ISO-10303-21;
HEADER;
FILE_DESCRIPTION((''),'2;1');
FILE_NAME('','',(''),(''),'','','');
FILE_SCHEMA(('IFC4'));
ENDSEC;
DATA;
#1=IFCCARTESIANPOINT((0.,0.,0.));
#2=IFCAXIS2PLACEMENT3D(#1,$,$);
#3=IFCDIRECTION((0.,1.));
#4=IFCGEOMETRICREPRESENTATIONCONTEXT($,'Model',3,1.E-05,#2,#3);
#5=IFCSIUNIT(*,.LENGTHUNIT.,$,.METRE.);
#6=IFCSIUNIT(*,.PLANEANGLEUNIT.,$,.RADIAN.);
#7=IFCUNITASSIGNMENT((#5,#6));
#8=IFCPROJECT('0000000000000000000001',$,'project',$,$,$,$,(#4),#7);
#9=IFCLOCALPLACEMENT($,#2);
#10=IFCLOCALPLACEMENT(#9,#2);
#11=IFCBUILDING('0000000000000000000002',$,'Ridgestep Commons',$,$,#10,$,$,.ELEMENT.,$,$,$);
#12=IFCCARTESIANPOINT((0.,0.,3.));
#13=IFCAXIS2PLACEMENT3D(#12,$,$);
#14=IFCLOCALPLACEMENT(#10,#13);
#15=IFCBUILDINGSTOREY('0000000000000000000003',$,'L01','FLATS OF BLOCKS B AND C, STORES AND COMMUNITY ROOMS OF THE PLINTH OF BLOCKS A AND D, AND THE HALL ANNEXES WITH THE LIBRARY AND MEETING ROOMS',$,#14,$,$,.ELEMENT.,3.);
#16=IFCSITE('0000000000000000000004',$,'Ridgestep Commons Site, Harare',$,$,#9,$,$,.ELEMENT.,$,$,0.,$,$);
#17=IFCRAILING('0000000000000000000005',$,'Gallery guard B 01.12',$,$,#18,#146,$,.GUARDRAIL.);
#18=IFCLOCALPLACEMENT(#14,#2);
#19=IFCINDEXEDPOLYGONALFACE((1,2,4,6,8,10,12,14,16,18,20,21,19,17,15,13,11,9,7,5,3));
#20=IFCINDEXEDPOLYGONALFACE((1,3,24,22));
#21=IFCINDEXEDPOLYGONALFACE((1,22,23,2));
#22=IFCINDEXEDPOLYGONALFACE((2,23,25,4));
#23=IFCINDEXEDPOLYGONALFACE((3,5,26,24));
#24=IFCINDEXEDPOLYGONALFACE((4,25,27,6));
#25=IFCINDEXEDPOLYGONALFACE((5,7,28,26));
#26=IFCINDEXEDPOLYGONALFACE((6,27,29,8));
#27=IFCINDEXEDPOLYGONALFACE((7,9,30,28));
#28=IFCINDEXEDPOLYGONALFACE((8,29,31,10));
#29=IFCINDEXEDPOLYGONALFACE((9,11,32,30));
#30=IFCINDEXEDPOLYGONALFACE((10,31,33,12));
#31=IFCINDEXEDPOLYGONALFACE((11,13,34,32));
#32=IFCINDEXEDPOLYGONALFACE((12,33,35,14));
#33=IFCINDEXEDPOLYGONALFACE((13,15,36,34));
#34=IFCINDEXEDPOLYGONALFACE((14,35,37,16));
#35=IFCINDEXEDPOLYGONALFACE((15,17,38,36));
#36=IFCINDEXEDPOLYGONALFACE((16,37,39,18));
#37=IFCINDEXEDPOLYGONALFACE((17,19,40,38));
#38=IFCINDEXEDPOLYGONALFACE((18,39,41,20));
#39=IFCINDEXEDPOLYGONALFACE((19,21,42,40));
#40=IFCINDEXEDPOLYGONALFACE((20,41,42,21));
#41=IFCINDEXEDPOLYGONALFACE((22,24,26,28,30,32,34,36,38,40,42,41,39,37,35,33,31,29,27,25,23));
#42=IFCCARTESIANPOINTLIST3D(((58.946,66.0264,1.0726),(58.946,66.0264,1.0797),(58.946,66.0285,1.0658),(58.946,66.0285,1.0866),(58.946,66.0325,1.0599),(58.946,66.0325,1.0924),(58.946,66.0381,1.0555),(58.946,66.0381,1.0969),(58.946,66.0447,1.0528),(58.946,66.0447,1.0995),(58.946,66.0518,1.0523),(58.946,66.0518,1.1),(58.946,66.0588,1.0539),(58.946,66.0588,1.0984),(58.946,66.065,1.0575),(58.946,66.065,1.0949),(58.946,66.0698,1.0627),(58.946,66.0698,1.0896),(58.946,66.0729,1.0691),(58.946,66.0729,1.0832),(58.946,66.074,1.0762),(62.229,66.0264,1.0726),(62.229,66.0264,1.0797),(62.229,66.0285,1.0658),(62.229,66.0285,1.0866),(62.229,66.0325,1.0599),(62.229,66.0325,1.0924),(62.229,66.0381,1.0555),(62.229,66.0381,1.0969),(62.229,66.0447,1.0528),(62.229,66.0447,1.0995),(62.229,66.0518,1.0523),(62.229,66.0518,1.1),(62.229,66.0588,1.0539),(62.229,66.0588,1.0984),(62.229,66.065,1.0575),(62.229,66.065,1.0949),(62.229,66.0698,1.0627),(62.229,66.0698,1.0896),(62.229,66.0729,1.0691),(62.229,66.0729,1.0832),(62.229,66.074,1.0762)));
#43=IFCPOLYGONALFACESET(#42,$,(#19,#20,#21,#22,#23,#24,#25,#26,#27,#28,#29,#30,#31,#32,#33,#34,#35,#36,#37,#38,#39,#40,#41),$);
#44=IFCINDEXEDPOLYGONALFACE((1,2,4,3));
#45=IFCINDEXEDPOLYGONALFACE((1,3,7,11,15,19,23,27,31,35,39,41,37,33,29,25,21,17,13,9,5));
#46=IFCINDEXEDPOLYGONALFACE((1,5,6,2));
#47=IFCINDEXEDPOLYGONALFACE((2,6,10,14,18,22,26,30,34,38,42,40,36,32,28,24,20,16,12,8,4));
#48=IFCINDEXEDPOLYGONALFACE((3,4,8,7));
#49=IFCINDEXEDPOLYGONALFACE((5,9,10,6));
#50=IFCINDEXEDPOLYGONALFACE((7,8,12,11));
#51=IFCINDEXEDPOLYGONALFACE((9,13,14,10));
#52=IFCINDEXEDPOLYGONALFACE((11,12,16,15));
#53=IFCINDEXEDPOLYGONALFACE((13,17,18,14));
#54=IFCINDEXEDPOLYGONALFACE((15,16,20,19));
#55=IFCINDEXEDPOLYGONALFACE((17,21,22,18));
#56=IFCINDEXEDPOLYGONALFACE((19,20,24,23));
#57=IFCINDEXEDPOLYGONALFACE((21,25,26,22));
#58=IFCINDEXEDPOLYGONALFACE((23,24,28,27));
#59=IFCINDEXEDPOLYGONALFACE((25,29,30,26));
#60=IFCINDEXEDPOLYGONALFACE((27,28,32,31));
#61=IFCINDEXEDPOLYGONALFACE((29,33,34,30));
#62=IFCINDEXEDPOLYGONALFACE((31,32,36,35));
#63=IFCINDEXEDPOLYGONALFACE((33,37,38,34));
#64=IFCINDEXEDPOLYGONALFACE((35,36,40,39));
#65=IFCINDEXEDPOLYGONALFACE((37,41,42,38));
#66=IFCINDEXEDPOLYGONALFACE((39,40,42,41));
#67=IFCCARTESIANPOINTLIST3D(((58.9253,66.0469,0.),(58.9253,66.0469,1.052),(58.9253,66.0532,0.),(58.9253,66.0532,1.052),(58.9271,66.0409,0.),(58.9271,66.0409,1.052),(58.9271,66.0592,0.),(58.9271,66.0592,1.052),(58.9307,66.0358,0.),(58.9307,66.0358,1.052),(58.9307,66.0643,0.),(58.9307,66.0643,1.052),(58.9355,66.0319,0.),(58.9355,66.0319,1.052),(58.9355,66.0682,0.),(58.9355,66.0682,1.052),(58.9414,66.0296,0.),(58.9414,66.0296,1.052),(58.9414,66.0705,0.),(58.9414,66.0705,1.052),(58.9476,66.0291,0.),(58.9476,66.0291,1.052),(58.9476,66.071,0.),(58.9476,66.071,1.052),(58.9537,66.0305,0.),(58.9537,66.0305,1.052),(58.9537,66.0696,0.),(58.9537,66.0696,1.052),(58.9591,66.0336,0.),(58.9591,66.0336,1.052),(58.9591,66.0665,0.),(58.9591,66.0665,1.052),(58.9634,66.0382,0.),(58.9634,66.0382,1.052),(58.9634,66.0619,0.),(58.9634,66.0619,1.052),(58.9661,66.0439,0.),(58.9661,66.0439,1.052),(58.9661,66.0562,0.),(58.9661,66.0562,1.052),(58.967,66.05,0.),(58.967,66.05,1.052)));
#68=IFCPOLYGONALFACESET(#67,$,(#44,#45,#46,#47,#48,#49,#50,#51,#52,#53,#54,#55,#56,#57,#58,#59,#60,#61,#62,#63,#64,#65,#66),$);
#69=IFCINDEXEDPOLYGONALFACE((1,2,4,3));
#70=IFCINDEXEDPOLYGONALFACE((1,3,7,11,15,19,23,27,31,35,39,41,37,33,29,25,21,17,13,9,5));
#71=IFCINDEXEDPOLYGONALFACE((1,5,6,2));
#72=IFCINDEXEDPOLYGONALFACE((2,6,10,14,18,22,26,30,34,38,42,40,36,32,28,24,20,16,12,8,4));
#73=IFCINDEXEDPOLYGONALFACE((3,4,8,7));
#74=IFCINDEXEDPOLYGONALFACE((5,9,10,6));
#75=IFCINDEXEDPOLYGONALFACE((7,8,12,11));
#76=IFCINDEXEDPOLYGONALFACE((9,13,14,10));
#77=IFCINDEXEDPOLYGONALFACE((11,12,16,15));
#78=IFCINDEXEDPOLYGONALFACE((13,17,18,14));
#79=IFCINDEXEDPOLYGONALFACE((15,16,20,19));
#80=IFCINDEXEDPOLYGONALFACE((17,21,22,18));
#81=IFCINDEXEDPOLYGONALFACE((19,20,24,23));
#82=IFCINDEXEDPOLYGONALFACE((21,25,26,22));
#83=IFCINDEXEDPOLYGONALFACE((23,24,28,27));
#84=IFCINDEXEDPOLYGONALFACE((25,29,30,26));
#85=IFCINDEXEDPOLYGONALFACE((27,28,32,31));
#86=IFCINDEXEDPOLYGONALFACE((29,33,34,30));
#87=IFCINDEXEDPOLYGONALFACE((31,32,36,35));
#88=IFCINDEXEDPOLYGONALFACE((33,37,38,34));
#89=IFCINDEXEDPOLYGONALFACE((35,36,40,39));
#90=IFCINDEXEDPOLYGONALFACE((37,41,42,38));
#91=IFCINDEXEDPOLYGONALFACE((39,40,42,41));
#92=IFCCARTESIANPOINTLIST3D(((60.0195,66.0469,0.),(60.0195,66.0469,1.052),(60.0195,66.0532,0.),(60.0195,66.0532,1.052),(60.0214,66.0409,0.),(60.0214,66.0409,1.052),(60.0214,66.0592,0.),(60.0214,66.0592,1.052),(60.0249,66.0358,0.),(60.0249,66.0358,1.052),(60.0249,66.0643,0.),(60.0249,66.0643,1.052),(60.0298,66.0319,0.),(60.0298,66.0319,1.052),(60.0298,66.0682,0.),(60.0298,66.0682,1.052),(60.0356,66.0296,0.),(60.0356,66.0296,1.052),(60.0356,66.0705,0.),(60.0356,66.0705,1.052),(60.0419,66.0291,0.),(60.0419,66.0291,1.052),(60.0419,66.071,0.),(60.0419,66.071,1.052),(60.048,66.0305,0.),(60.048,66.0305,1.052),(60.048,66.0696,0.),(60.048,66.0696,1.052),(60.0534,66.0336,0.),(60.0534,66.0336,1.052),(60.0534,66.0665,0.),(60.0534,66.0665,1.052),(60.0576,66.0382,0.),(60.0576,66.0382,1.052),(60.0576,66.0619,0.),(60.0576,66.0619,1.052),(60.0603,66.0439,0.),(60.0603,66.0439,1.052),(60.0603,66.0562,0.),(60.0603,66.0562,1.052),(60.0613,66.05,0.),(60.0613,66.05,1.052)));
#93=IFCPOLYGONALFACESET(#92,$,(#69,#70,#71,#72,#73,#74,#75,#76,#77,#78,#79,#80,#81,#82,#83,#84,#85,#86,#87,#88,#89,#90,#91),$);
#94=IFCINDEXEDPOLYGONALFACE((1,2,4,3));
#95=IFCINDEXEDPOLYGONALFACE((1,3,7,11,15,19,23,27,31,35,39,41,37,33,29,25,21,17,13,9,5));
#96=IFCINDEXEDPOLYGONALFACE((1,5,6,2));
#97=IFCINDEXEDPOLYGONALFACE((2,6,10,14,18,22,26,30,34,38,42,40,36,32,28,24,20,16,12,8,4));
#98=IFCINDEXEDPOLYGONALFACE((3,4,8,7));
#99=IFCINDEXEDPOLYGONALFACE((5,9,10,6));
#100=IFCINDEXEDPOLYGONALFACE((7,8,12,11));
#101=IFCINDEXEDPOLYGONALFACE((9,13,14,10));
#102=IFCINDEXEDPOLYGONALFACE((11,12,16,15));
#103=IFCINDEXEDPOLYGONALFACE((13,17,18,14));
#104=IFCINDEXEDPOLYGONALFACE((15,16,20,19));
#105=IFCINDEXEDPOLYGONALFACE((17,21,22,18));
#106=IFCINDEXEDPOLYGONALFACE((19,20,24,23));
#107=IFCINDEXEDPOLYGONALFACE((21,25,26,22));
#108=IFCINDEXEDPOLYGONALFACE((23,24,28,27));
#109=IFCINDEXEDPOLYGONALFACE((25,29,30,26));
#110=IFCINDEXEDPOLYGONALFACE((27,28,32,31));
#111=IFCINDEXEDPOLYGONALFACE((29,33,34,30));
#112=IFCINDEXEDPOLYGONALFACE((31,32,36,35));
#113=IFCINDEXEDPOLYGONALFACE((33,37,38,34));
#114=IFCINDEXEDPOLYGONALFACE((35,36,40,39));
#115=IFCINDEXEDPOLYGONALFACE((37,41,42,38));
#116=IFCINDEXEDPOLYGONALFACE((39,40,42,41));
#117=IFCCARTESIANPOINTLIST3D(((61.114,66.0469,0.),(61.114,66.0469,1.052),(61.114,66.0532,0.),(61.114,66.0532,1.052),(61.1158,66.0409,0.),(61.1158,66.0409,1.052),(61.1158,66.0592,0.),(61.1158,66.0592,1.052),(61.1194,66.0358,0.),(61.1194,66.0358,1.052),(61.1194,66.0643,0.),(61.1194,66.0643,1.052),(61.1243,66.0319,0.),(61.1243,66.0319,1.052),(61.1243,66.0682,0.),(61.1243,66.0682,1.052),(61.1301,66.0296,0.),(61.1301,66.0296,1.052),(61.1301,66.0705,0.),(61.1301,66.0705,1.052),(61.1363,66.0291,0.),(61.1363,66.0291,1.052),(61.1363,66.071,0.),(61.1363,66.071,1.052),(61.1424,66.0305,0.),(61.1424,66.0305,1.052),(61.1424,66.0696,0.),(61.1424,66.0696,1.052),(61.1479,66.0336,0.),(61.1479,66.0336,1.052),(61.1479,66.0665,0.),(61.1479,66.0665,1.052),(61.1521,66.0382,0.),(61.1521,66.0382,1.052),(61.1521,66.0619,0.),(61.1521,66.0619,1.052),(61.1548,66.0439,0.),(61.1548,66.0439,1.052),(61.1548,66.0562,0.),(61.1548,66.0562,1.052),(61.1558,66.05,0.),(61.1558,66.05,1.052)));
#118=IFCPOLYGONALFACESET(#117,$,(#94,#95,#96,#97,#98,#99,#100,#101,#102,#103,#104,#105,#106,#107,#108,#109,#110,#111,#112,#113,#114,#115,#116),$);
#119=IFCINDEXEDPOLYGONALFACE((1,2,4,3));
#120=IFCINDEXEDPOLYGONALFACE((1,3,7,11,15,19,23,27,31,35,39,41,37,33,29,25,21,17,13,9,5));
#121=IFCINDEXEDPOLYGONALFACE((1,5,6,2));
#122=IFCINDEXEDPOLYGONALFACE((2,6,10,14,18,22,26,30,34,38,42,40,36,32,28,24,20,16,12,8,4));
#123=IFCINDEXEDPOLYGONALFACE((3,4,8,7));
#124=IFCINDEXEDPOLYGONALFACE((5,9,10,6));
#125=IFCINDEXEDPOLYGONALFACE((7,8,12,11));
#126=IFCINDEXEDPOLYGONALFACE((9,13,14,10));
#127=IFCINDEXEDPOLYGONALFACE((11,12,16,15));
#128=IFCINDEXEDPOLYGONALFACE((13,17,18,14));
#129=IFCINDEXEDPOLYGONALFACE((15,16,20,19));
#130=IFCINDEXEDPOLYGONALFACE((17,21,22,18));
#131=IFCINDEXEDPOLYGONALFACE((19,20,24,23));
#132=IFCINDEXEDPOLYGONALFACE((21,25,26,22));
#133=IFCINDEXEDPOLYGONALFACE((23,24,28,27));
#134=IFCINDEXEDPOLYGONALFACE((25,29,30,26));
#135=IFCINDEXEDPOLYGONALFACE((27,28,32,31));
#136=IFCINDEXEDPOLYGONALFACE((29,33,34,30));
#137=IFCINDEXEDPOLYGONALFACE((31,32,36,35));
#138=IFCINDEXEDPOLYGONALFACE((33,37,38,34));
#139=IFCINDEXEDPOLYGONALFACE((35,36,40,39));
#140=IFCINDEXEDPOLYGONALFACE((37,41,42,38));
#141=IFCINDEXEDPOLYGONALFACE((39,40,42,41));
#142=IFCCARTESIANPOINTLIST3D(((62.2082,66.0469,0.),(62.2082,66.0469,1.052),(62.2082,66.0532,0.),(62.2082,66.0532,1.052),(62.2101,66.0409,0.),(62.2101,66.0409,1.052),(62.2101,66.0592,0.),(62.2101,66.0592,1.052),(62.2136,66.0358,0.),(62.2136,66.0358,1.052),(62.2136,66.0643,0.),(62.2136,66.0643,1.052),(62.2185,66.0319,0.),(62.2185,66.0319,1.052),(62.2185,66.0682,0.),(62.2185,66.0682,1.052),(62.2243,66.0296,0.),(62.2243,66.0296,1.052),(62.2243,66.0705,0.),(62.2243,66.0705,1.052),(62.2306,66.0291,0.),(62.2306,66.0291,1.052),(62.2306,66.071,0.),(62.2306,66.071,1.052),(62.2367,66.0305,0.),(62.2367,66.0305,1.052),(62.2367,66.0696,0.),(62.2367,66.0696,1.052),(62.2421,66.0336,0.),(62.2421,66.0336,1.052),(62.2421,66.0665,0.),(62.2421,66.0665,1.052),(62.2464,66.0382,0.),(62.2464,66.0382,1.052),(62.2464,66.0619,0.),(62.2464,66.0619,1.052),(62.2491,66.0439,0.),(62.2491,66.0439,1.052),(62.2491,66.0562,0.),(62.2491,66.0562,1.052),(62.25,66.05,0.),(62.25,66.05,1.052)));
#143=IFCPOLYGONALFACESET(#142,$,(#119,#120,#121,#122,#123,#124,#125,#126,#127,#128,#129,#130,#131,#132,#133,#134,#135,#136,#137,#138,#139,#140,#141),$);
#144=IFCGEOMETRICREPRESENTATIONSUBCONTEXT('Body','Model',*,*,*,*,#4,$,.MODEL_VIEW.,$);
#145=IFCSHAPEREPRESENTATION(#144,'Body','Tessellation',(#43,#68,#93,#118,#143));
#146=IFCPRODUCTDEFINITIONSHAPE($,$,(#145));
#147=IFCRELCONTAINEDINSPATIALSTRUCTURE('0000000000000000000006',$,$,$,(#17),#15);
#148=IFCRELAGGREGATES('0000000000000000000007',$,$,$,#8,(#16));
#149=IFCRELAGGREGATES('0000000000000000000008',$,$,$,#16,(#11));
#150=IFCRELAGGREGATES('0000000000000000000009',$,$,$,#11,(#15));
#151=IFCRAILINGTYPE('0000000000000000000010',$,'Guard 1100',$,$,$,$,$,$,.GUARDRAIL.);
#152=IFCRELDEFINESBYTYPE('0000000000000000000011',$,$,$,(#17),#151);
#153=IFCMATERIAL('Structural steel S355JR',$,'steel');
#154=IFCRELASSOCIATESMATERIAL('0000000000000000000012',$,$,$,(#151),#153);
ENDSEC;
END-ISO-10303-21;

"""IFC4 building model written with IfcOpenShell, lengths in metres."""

from ifc_helpers import new_model, si_unit, direction, frame, origin, origin_2d, place, context, subcontext, project, spatial, circle, extrude, material, type_object, element, save


model = new_model("IFC4")

# Units and contexts
model_context = context("Model", 3, precision=1e-05, world=origin(), true_north=direction((0.0, 1.0)))
body_context = subcontext(model_context, "Body", "Model", "MODEL_VIEW")
ifc_project = project(units=[si_unit("LENGTHUNIT", "METRE"), si_unit("PLANEANGLEUNIT", "RADIAN")], contexts=[model_context])

# Site, building, storey
site_placement = place(None, origin())
site = spatial("IfcSite", under=ifc_project, at=site_placement, Name="Ridgestep Commons Site, Harare", CompositionType="ELEMENT", RefElevation=0.0)
building_placement = place(site_placement, origin())
building = spatial("IfcBuilding", under=site, at=building_placement, Name="Ridgestep Commons", CompositionType="ELEMENT")
storey_placement = place(building_placement, frame((0.0, 0.0, 3.0)))
storey = spatial("IfcBuildingStorey", under=building, at=storey_placement, Name="L01", Description="FLATS OF BLOCKS B AND C, STORES AND COMMUNITY ROOMS OF THE PLINTH OF BLOCKS A AND D, AND THE HALL ANNEXES WITH THE LIBRARY AND MEETING ROOMS", CompositionType="ELEMENT", Elevation=3.0)

# Railing
ifc_material_1 = material(Name="Structural steel S355JR", Category="steel")
railing_type = type_object("IfcRailingType", Name="Guard 1100", PredefinedType="GUARDRAIL", material=ifc_material_1)
for number, where, name in (
    (1, (58.946, 66.05, 0.0), "Gallery guard B 01.12"),
):
    element("IfcRailing", number, at=place(storey_placement, frame(where)), inside=storey, type_object=railing_type, Name=name, PredefinedType="GUARDRAIL", context=body_context, shape_type="SweptSolid", body=[
        extrude(circle(Radius=0.0239, at=origin_2d()), frame((0.0, 0.0, 1.0762), z_axis=(1.0, 0.0, 0.0), x_axis=(0.0, 1.0, 0.0)), (0.0, 0.0, 1.0), 3.283),
        extrude(circle(Radius=0.021, at=origin_2d()), origin(), (0.0, 0.0, 1.0), 1.052),
        extrude(circle(Radius=0.021, at=origin_2d()), frame((1.0942, 0.0, 0.0)), (0.0, 0.0, 1.0), 1.052),
        extrude(circle(Radius=0.021, at=origin_2d()), frame((2.1887, 0.0, 0.0)), (0.0, 0.0, 1.0), 1.052),
        extrude(circle(Radius=0.021, at=origin_2d()), frame((3.283, 0.0, 0.0)), (0.0, 0.0, 1.0), 1.052),
    ])

save(model, "model.ifc")
